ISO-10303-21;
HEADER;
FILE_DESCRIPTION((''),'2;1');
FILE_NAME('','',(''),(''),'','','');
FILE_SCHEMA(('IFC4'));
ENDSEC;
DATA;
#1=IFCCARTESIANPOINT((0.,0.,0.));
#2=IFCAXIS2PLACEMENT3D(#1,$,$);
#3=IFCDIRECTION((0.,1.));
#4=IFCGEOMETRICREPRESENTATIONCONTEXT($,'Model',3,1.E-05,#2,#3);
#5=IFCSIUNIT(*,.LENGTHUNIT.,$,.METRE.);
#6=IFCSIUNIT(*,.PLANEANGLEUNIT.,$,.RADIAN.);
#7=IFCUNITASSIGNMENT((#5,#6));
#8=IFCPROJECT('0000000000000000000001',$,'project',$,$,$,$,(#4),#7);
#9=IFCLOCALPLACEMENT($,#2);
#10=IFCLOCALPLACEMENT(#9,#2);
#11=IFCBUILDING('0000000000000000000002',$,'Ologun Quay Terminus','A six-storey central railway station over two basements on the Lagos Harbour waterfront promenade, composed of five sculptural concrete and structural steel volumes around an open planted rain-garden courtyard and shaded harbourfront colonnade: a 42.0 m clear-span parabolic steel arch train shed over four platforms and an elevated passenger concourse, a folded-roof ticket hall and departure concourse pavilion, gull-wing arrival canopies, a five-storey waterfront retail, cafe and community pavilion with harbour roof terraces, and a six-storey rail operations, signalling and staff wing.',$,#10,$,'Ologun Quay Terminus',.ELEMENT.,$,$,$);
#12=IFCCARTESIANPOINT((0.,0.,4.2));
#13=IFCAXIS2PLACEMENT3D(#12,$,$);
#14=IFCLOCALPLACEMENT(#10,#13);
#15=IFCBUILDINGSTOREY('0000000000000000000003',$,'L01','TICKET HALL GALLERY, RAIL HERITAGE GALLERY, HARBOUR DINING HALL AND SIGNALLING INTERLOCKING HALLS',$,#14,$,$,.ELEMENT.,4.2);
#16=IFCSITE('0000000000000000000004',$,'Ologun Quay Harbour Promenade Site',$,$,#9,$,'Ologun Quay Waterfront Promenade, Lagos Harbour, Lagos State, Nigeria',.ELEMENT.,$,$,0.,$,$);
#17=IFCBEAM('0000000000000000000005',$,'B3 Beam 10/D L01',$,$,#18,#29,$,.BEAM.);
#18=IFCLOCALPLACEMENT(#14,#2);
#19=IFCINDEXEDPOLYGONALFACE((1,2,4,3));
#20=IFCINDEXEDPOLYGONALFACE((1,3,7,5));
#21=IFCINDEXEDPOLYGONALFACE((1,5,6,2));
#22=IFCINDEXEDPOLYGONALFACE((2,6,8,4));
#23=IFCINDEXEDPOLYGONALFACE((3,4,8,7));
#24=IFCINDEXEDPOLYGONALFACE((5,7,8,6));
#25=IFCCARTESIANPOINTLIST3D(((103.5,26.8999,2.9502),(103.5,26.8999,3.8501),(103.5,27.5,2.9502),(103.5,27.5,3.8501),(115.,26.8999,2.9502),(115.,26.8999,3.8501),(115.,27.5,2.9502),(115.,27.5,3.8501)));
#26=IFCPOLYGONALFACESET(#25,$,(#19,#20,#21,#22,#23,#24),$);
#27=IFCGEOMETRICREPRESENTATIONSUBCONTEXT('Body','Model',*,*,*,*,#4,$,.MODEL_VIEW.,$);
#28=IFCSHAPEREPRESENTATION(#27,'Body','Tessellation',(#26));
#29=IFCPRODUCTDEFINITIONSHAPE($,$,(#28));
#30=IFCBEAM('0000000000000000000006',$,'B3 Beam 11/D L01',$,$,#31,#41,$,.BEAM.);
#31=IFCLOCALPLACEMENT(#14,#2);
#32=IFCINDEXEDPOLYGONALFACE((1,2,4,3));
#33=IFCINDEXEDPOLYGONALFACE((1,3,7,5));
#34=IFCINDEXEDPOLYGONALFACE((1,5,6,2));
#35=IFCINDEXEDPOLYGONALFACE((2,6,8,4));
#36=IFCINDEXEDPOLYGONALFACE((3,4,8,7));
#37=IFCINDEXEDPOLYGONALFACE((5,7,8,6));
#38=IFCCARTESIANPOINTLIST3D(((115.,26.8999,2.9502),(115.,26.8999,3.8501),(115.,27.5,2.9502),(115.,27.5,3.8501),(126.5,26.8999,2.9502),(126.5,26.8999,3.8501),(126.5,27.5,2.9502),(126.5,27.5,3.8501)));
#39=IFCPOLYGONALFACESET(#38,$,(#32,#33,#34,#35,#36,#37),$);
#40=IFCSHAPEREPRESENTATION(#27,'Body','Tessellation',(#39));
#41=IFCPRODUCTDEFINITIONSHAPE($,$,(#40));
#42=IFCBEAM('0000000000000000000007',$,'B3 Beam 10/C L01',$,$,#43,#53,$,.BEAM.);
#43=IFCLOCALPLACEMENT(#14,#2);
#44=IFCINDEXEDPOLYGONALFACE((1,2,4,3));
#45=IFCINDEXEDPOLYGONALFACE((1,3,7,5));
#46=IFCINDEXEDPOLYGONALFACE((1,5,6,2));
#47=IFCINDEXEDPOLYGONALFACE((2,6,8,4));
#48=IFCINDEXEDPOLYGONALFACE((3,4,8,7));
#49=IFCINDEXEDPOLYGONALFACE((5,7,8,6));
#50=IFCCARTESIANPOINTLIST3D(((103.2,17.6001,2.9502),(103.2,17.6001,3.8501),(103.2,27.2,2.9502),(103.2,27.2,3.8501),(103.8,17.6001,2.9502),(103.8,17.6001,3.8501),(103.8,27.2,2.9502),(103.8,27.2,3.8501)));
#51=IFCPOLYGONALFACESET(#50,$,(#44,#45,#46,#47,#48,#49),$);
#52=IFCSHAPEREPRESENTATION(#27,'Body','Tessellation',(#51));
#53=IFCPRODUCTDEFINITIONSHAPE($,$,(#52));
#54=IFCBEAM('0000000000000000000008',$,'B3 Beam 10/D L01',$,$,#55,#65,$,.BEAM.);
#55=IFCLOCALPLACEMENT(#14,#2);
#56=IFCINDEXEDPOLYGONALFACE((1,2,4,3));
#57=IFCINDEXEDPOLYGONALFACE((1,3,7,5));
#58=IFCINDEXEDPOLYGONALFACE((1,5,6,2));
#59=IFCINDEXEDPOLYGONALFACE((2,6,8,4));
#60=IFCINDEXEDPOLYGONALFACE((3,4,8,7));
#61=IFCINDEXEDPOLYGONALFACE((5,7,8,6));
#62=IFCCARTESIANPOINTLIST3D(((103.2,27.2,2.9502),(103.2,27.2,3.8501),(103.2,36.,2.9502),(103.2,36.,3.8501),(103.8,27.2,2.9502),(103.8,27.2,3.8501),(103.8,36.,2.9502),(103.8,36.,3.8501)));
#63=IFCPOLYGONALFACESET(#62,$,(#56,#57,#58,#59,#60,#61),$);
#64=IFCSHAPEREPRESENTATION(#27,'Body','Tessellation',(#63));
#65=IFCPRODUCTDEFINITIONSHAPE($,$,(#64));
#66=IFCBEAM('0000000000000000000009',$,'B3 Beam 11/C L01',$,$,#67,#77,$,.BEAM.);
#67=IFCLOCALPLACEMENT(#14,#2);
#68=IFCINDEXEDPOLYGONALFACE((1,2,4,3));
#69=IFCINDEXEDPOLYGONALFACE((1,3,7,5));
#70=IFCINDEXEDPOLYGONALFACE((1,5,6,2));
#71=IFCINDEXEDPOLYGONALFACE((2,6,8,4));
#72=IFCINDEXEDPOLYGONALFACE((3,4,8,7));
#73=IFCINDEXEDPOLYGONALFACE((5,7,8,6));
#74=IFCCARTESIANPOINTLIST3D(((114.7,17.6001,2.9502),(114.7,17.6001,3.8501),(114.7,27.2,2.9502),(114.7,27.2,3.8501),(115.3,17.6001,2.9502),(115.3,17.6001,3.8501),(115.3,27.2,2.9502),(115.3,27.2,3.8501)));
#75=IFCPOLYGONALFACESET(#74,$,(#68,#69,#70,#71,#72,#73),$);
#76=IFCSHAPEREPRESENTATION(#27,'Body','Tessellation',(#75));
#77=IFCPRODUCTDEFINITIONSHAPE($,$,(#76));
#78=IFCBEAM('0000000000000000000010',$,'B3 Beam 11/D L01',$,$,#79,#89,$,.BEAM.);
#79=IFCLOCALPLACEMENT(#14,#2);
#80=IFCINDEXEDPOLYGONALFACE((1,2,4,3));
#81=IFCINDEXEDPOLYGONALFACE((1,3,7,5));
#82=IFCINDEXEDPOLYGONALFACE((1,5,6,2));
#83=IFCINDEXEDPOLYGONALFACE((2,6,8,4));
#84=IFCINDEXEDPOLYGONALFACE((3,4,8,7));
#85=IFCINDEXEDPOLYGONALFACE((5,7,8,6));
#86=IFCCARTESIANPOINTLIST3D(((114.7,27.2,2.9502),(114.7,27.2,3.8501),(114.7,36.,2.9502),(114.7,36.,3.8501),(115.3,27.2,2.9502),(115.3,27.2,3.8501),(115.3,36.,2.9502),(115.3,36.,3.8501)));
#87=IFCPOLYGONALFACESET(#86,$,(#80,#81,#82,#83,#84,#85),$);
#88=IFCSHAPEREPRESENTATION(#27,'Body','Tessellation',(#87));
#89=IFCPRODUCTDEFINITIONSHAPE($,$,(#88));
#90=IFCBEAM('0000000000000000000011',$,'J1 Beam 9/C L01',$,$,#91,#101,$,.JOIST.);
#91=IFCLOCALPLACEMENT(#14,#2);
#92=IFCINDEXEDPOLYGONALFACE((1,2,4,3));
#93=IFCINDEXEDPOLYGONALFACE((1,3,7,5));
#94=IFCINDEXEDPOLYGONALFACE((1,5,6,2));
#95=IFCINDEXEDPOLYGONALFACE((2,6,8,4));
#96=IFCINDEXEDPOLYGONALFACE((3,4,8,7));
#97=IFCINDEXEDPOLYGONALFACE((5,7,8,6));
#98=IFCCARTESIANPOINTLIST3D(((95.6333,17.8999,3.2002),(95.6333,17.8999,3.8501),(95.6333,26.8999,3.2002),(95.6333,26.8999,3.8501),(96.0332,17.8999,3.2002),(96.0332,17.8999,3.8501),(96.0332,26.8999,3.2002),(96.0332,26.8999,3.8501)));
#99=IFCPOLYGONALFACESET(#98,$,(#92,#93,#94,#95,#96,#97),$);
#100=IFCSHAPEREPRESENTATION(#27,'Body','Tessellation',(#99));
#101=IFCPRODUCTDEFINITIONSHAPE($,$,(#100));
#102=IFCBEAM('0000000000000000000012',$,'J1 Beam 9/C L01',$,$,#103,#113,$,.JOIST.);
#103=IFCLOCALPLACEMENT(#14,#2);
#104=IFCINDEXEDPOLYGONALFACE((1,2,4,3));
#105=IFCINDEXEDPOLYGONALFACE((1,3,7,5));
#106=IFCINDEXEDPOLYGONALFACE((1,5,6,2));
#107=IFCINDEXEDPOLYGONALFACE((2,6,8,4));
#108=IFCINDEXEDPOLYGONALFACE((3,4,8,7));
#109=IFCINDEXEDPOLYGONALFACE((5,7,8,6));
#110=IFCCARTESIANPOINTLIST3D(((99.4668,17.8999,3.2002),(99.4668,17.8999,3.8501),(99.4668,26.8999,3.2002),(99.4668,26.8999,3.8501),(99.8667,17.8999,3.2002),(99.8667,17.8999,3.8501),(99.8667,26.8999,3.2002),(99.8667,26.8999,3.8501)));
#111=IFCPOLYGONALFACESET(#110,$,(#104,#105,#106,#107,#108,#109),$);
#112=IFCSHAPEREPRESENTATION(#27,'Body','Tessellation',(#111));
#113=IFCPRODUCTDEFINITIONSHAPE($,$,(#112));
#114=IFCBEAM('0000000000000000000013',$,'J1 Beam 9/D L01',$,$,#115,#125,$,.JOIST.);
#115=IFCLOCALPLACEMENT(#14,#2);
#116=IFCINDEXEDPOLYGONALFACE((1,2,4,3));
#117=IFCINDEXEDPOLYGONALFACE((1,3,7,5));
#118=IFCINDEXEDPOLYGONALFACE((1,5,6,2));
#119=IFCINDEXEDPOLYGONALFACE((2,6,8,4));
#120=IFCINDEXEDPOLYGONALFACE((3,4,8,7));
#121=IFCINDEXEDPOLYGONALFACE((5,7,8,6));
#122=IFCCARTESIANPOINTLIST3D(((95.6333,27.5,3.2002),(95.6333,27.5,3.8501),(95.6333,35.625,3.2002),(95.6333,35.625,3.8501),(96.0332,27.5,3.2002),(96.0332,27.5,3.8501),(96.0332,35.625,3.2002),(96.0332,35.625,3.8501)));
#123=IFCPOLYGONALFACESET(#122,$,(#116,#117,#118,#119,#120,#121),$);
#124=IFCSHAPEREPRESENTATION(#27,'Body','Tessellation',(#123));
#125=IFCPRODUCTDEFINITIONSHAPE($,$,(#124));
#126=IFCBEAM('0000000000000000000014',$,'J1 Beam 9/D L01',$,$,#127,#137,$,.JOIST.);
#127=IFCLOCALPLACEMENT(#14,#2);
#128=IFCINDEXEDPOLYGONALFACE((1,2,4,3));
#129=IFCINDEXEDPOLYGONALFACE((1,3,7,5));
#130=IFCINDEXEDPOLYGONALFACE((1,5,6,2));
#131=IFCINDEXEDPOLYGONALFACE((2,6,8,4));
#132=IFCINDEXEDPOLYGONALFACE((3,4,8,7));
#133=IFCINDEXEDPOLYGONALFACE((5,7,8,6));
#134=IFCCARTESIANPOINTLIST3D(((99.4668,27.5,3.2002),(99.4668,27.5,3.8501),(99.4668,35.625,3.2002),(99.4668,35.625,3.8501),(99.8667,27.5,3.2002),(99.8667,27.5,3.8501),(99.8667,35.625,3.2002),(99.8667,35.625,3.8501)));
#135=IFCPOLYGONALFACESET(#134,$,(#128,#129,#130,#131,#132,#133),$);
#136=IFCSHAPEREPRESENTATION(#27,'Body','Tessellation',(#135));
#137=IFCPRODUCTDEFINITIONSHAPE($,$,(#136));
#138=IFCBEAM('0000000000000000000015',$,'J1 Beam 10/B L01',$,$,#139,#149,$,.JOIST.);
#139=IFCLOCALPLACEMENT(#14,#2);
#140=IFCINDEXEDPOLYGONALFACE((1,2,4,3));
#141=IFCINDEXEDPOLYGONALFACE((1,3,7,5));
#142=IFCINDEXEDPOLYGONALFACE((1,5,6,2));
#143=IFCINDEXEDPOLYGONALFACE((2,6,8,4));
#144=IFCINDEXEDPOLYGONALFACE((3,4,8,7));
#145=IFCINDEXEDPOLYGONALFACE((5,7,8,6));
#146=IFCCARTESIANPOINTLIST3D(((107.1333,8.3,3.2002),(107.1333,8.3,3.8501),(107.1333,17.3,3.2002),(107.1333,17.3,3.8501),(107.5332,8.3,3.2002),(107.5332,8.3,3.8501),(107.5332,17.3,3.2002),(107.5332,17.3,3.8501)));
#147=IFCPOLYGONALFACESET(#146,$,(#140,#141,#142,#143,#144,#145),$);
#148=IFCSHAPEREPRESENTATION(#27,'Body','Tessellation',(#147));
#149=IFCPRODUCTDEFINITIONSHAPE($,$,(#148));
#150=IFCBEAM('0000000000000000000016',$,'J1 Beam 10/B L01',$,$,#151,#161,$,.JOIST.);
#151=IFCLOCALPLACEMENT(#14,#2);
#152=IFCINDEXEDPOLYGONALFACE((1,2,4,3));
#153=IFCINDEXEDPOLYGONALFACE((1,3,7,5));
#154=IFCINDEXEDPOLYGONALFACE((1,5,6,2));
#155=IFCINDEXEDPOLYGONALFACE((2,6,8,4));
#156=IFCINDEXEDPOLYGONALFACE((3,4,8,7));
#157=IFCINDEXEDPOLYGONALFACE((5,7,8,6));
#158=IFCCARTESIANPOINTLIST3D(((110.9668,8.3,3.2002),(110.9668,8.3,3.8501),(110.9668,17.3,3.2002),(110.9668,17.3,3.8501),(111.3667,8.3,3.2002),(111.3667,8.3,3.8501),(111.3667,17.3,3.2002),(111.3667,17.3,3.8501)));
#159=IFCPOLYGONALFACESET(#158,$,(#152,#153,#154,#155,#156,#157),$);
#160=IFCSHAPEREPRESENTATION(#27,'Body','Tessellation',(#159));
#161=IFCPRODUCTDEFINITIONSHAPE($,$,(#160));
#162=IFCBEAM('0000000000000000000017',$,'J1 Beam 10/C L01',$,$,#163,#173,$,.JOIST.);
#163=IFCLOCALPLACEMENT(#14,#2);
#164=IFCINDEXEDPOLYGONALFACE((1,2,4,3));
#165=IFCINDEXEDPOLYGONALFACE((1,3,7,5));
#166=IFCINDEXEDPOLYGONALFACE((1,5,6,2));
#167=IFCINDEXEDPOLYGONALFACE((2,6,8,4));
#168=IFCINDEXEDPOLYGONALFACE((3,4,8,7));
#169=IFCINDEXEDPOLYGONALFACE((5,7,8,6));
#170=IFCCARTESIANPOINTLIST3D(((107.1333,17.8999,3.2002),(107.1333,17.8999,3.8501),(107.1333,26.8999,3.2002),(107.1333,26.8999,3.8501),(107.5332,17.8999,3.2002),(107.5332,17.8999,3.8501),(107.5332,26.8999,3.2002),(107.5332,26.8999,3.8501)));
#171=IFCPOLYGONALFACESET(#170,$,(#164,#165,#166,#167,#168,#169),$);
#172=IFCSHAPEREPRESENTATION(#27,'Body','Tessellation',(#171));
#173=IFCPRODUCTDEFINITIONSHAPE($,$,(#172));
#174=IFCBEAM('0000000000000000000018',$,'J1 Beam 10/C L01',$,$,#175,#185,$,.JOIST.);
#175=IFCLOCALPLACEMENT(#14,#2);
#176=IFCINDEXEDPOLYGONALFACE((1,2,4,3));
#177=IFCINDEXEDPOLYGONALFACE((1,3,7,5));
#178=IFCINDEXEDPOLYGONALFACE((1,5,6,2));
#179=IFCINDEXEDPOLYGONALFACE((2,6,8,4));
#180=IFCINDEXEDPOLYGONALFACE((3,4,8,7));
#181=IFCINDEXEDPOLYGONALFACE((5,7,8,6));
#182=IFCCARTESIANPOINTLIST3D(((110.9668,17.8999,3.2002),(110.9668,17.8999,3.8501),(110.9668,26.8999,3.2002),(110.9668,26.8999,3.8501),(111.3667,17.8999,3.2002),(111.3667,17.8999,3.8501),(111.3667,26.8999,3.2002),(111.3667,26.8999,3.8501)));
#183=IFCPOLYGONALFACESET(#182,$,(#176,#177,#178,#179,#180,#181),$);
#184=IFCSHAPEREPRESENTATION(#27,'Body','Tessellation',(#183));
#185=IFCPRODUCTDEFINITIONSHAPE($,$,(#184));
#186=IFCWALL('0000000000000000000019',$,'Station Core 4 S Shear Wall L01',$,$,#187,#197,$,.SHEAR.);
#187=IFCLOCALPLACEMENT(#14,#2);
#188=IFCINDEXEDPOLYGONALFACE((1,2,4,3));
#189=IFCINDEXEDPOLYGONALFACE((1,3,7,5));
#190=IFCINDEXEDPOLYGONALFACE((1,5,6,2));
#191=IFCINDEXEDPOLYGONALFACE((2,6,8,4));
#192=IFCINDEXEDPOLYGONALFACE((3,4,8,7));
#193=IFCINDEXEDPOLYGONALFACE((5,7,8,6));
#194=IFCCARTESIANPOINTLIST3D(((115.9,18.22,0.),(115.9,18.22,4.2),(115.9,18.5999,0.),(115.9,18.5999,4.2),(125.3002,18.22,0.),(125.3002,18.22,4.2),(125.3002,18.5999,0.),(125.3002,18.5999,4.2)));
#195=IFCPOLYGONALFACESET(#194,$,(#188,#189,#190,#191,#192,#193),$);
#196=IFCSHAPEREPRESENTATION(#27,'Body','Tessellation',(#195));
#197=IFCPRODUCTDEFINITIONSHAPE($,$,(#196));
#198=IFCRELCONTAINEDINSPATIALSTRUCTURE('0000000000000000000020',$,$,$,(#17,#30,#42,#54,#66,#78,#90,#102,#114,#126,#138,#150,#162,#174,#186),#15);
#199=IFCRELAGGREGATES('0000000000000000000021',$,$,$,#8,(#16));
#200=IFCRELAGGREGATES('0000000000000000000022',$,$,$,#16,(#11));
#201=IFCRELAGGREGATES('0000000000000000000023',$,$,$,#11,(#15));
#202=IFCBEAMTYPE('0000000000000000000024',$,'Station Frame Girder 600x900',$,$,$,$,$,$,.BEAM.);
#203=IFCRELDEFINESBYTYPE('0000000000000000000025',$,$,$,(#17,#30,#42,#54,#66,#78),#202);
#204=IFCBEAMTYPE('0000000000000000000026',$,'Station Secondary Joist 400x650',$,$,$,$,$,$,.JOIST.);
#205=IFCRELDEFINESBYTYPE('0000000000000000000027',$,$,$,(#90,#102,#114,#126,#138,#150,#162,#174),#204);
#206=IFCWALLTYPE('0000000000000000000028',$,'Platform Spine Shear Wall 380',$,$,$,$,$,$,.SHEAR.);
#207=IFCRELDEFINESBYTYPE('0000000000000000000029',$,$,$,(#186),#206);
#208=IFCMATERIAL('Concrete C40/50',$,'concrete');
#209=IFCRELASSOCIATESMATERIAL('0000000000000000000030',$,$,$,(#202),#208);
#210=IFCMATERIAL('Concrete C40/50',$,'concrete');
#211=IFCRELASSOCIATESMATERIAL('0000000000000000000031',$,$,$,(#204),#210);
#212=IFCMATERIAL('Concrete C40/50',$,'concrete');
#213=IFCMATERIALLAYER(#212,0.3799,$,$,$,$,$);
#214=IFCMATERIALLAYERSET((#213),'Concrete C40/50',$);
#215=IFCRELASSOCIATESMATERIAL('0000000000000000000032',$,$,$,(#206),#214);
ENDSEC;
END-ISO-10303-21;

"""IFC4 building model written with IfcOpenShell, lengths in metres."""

from ifc_helpers import new_model, si_unit, direction, frame, frame_2d, origin, origin_2d, place, context, subcontext, project, spatial, rectangle, extrude, material, layer, layer_set, material_profile, profile_set, type_object, element, save


model = new_model("IFC4")

# Units and contexts
model_context = context("Model", 3, precision=1e-05, world=origin(), true_north=direction((0.0, 1.0)))
body_context = subcontext(model_context, "Body", "Model", "MODEL_VIEW")
ifc_project = project(units=[si_unit("LENGTHUNIT", "METRE"), si_unit("PLANEANGLEUNIT", "RADIAN")], contexts=[model_context])

# Site, building, storey
site_placement = place(None, origin())
site = spatial("IfcSite", under=ifc_project, at=site_placement, Name="Ologun Quay Harbour Promenade Site", LongName="Ologun Quay Waterfront Promenade, Lagos Harbour, Lagos State, Nigeria", CompositionType="ELEMENT", RefElevation=0.0)
building_placement = place(site_placement, origin())
building = spatial("IfcBuilding", under=site, at=building_placement, Name="Ologun Quay Terminus", Description="A six-storey central railway station over two basements on the Lagos Harbour waterfront promenade, composed of five sculptural concrete and structural steel volumes around an open planted rain-garden courtyard and shaded harbourfront colonnade: a 42.0 m clear-span parabolic steel arch train shed over four platforms and an elevated passenger concourse, a folded-roof ticket hall and departure concourse pavilion, gull-wing arrival canopies, a five-storey waterfront retail, cafe and community pavilion with harbour roof terraces, and a six-storey rail operations, signalling and staff wing.", LongName="Ologun Quay Terminus", CompositionType="ELEMENT")
storey_placement = place(building_placement, frame((0.0, 0.0, 4.2)))
storey = spatial("IfcBuildingStorey", under=building, at=storey_placement, Name="L01", Description="TICKET HALL GALLERY, RAIL HERITAGE GALLERY, HARBOUR DINING HALL AND SIGNALLING INTERLOCKING HALLS", CompositionType="ELEMENT", Elevation=4.2)

# Beams
ifc_material_1 = material(Name="Concrete C40/50", Category="concrete")
ifc_material_profile_1 = material_profile(ifc_material_1, rectangle(XDim=0.6001, YDim=0.8999, at=origin_2d()), Name="RC 600x900")
ifc_profile_set_1 = profile_set([ifc_material_profile_1], Name="Concrete C40/50")
beam_type_1 = type_object("IfcBeamType", Name="Station Frame Girder 600x900", PredefinedType="BEAM", material=ifc_profile_set_1)
for number, where, z_axis, x_axis, name in (
    (1, (103.5, 27.2, 3.4001), (1.0, 0.0, 0.0), (0.0, 1.0, 0.0), "B3 Beam 10/D L01"),
    (2, (115.0, 27.2, 3.4001), (1.0, 0.0, 0.0), (0.0, 1.0, 0.0), "B3 Beam 11/D L01"),
):
    element("IfcBeam", number, at=place(storey_placement, frame(where, z_axis=z_axis, x_axis=x_axis)), inside=storey, type_object=beam_type_1, Name=name, PredefinedType="BEAM", context=body_context, shape_type="SweptSolid", body=[
        extrude(rectangle(XDim=0.6001, YDim=0.8999, at=origin_2d()), origin(), (0.0, 0.0, 1.0), 11.5),
    ])
beam_1_placement = place(storey_placement, frame((103.5, 17.6001, 3.4001), z_axis=(0.0, 1.0, 0.0), x_axis=(-1.0, 0.0, 0.0)))
element("IfcBeam", 3, at=beam_1_placement, inside=storey, type_object=beam_type_1, Name="B3 Beam 10/C L01", PredefinedType="BEAM", context=body_context, shape_type="SweptSolid", body=[
    extrude(rectangle(XDim=0.6001, YDim=0.8999, at=origin_2d()), origin(), (0.0, 0.0, 1.0), 9.5999),
])
beam_2_placement = place(storey_placement, frame((103.5, 27.2, 3.4001), z_axis=(0.0, 1.0, 0.0), x_axis=(-1.0, 0.0, 0.0)))
element("IfcBeam", 4, at=beam_2_placement, inside=storey, type_object=beam_type_1, Name="B3 Beam 10/D L01", PredefinedType="BEAM", context=body_context, shape_type="SweptSolid", body=[
    extrude(rectangle(XDim=0.6001, YDim=0.8999, at=origin_2d()), origin(), (0.0, 0.0, 1.0), 8.8),
])
beam_3_placement = place(storey_placement, frame((115.0, 17.6001, 3.4001), z_axis=(0.0, 1.0, 0.0), x_axis=(-1.0, 0.0, 0.0)))
element("IfcBeam", 5, at=beam_3_placement, inside=storey, type_object=beam_type_1, Name="B3 Beam 11/C L01", PredefinedType="BEAM", context=body_context, shape_type="SweptSolid", body=[
    extrude(rectangle(XDim=0.6001, YDim=0.8999, at=origin_2d()), origin(), (0.0, 0.0, 1.0), 9.5999),
])
beam_4_placement = place(storey_placement, frame((115.0, 27.2, 3.4001), z_axis=(0.0, 1.0, 0.0), x_axis=(-1.0, 0.0, 0.0)))
element("IfcBeam", 6, at=beam_4_placement, inside=storey, type_object=beam_type_1, Name="B3 Beam 11/D L01", PredefinedType="BEAM", context=body_context, shape_type="SweptSolid", body=[
    extrude(rectangle(XDim=0.6001, YDim=0.8999, at=origin_2d()), origin(), (0.0, 0.0, 1.0), 8.8),
])
ifc_material_2 = material(Name="Concrete C40/50", Category="concrete")
ifc_material_profile_2 = material_profile(ifc_material_2, rectangle(XDim=0.3999, YDim=0.6499, at=origin_2d()), Name="RC 400x650")
ifc_profile_set_2 = profile_set([ifc_material_profile_2], Name="Concrete C40/50")
beam_type_2 = type_object("IfcBeamType", Name="Station Secondary Joist 400x650", PredefinedType="JOIST", material=ifc_profile_set_2)
for number, where, z_axis, x_axis, name in (
    (7, (95.8333, 17.8999, 3.5251), (0.0, 1.0, 0.0), (-1.0, 0.0, 0.0), "J1 Beam 9/C L01"),
    (8, (99.6667, 17.8999, 3.5251), (0.0, 1.0, 0.0), (-1.0, 0.0, 0.0), "J1 Beam 9/C L01"),
):
    element("IfcBeam", number, at=place(storey_placement, frame(where, z_axis=z_axis, x_axis=x_axis)), inside=storey, type_object=beam_type_2, Name=name, PredefinedType="JOIST", context=body_context, shape_type="SweptSolid", body=[
        extrude(rectangle(XDim=0.3999, YDim=0.6499, at=origin_2d()), origin(), (0.0, 0.0, 1.0), 9.0),
    ])
for number, where, z_axis, x_axis, name in (
    (9, (95.8333, 27.5, 3.5251), (0.0, 1.0, 0.0), (-1.0, 0.0, 0.0), "J1 Beam 9/D L01"),
    (10, (99.6667, 27.5, 3.5251), (0.0, 1.0, 0.0), (-1.0, 0.0, 0.0), "J1 Beam 9/D L01"),
):
    element("IfcBeam", number, at=place(storey_placement, frame(where, z_axis=z_axis, x_axis=x_axis)), inside=storey, type_object=beam_type_2, Name=name, PredefinedType="JOIST", context=body_context, shape_type="SweptSolid", body=[
        extrude(rectangle(XDim=0.3999, YDim=0.6499, at=origin_2d()), origin(), (0.0, 0.0, 1.0), 8.125),
    ])
for number, where, z_axis, x_axis, name in (
    (11, (107.3333, 8.3, 3.5251), (0.0, 1.0, 0.0), (-1.0, 0.0, 0.0), "J1 Beam 10/B L01"),
    (12, (111.1667, 8.3, 3.5251), (0.0, 1.0, 0.0), (-1.0, 0.0, 0.0), "J1 Beam 10/B L01"),
    (13, (107.3333, 17.8999, 3.5251), (0.0, 1.0, 0.0), (-1.0, 0.0, 0.0), "J1 Beam 10/C L01"),
    (14, (111.1667, 17.8999, 3.5251), (0.0, 1.0, 0.0), (-1.0, 0.0, 0.0), "J1 Beam 10/C L01"),
):
    element("IfcBeam", number, at=place(storey_placement, frame(where, z_axis=z_axis, x_axis=x_axis)), inside=storey, type_object=beam_type_2, Name=name, PredefinedType="JOIST", context=body_context, shape_type="SweptSolid", body=[
        extrude(rectangle(XDim=0.3999, YDim=0.6499, at=origin_2d()), origin(), (0.0, 0.0, 1.0), 9.0),
    ])

# Wall
ifc_material_3 = material(Name="Concrete C40/50", Category="concrete")
ifc_layer_1 = layer(ifc_material_3, 0.3799)
ifc_layer_set_1 = layer_set([ifc_layer_1], Name="Concrete C40/50")
wall_type_1 = type_object("IfcWallType", Name="Platform Spine Shear Wall 380", PredefinedType="SHEAR", material=ifc_layer_set_1)
wall_1_placement = place(storey_placement, frame((115.8999, 18.4099, 0.0), z_axis=(0.0, 0.0, 1.0), x_axis=(1.0, 0.0, 0.0)))
element("IfcWall", 15, at=wall_1_placement, inside=storey, type_object=wall_type_1, Name="Station Core 4 S Shear Wall L01", PredefinedType="SHEAR", context=body_context, shape_type="SweptSolid", body=[
    extrude(rectangle(XDim=9.4001, YDim=0.3799, at=frame_2d((4.7002, 0.0))), origin(), (0.0, 0.0, 1.0), 4.2),
])

save(model, "model.ifc")
